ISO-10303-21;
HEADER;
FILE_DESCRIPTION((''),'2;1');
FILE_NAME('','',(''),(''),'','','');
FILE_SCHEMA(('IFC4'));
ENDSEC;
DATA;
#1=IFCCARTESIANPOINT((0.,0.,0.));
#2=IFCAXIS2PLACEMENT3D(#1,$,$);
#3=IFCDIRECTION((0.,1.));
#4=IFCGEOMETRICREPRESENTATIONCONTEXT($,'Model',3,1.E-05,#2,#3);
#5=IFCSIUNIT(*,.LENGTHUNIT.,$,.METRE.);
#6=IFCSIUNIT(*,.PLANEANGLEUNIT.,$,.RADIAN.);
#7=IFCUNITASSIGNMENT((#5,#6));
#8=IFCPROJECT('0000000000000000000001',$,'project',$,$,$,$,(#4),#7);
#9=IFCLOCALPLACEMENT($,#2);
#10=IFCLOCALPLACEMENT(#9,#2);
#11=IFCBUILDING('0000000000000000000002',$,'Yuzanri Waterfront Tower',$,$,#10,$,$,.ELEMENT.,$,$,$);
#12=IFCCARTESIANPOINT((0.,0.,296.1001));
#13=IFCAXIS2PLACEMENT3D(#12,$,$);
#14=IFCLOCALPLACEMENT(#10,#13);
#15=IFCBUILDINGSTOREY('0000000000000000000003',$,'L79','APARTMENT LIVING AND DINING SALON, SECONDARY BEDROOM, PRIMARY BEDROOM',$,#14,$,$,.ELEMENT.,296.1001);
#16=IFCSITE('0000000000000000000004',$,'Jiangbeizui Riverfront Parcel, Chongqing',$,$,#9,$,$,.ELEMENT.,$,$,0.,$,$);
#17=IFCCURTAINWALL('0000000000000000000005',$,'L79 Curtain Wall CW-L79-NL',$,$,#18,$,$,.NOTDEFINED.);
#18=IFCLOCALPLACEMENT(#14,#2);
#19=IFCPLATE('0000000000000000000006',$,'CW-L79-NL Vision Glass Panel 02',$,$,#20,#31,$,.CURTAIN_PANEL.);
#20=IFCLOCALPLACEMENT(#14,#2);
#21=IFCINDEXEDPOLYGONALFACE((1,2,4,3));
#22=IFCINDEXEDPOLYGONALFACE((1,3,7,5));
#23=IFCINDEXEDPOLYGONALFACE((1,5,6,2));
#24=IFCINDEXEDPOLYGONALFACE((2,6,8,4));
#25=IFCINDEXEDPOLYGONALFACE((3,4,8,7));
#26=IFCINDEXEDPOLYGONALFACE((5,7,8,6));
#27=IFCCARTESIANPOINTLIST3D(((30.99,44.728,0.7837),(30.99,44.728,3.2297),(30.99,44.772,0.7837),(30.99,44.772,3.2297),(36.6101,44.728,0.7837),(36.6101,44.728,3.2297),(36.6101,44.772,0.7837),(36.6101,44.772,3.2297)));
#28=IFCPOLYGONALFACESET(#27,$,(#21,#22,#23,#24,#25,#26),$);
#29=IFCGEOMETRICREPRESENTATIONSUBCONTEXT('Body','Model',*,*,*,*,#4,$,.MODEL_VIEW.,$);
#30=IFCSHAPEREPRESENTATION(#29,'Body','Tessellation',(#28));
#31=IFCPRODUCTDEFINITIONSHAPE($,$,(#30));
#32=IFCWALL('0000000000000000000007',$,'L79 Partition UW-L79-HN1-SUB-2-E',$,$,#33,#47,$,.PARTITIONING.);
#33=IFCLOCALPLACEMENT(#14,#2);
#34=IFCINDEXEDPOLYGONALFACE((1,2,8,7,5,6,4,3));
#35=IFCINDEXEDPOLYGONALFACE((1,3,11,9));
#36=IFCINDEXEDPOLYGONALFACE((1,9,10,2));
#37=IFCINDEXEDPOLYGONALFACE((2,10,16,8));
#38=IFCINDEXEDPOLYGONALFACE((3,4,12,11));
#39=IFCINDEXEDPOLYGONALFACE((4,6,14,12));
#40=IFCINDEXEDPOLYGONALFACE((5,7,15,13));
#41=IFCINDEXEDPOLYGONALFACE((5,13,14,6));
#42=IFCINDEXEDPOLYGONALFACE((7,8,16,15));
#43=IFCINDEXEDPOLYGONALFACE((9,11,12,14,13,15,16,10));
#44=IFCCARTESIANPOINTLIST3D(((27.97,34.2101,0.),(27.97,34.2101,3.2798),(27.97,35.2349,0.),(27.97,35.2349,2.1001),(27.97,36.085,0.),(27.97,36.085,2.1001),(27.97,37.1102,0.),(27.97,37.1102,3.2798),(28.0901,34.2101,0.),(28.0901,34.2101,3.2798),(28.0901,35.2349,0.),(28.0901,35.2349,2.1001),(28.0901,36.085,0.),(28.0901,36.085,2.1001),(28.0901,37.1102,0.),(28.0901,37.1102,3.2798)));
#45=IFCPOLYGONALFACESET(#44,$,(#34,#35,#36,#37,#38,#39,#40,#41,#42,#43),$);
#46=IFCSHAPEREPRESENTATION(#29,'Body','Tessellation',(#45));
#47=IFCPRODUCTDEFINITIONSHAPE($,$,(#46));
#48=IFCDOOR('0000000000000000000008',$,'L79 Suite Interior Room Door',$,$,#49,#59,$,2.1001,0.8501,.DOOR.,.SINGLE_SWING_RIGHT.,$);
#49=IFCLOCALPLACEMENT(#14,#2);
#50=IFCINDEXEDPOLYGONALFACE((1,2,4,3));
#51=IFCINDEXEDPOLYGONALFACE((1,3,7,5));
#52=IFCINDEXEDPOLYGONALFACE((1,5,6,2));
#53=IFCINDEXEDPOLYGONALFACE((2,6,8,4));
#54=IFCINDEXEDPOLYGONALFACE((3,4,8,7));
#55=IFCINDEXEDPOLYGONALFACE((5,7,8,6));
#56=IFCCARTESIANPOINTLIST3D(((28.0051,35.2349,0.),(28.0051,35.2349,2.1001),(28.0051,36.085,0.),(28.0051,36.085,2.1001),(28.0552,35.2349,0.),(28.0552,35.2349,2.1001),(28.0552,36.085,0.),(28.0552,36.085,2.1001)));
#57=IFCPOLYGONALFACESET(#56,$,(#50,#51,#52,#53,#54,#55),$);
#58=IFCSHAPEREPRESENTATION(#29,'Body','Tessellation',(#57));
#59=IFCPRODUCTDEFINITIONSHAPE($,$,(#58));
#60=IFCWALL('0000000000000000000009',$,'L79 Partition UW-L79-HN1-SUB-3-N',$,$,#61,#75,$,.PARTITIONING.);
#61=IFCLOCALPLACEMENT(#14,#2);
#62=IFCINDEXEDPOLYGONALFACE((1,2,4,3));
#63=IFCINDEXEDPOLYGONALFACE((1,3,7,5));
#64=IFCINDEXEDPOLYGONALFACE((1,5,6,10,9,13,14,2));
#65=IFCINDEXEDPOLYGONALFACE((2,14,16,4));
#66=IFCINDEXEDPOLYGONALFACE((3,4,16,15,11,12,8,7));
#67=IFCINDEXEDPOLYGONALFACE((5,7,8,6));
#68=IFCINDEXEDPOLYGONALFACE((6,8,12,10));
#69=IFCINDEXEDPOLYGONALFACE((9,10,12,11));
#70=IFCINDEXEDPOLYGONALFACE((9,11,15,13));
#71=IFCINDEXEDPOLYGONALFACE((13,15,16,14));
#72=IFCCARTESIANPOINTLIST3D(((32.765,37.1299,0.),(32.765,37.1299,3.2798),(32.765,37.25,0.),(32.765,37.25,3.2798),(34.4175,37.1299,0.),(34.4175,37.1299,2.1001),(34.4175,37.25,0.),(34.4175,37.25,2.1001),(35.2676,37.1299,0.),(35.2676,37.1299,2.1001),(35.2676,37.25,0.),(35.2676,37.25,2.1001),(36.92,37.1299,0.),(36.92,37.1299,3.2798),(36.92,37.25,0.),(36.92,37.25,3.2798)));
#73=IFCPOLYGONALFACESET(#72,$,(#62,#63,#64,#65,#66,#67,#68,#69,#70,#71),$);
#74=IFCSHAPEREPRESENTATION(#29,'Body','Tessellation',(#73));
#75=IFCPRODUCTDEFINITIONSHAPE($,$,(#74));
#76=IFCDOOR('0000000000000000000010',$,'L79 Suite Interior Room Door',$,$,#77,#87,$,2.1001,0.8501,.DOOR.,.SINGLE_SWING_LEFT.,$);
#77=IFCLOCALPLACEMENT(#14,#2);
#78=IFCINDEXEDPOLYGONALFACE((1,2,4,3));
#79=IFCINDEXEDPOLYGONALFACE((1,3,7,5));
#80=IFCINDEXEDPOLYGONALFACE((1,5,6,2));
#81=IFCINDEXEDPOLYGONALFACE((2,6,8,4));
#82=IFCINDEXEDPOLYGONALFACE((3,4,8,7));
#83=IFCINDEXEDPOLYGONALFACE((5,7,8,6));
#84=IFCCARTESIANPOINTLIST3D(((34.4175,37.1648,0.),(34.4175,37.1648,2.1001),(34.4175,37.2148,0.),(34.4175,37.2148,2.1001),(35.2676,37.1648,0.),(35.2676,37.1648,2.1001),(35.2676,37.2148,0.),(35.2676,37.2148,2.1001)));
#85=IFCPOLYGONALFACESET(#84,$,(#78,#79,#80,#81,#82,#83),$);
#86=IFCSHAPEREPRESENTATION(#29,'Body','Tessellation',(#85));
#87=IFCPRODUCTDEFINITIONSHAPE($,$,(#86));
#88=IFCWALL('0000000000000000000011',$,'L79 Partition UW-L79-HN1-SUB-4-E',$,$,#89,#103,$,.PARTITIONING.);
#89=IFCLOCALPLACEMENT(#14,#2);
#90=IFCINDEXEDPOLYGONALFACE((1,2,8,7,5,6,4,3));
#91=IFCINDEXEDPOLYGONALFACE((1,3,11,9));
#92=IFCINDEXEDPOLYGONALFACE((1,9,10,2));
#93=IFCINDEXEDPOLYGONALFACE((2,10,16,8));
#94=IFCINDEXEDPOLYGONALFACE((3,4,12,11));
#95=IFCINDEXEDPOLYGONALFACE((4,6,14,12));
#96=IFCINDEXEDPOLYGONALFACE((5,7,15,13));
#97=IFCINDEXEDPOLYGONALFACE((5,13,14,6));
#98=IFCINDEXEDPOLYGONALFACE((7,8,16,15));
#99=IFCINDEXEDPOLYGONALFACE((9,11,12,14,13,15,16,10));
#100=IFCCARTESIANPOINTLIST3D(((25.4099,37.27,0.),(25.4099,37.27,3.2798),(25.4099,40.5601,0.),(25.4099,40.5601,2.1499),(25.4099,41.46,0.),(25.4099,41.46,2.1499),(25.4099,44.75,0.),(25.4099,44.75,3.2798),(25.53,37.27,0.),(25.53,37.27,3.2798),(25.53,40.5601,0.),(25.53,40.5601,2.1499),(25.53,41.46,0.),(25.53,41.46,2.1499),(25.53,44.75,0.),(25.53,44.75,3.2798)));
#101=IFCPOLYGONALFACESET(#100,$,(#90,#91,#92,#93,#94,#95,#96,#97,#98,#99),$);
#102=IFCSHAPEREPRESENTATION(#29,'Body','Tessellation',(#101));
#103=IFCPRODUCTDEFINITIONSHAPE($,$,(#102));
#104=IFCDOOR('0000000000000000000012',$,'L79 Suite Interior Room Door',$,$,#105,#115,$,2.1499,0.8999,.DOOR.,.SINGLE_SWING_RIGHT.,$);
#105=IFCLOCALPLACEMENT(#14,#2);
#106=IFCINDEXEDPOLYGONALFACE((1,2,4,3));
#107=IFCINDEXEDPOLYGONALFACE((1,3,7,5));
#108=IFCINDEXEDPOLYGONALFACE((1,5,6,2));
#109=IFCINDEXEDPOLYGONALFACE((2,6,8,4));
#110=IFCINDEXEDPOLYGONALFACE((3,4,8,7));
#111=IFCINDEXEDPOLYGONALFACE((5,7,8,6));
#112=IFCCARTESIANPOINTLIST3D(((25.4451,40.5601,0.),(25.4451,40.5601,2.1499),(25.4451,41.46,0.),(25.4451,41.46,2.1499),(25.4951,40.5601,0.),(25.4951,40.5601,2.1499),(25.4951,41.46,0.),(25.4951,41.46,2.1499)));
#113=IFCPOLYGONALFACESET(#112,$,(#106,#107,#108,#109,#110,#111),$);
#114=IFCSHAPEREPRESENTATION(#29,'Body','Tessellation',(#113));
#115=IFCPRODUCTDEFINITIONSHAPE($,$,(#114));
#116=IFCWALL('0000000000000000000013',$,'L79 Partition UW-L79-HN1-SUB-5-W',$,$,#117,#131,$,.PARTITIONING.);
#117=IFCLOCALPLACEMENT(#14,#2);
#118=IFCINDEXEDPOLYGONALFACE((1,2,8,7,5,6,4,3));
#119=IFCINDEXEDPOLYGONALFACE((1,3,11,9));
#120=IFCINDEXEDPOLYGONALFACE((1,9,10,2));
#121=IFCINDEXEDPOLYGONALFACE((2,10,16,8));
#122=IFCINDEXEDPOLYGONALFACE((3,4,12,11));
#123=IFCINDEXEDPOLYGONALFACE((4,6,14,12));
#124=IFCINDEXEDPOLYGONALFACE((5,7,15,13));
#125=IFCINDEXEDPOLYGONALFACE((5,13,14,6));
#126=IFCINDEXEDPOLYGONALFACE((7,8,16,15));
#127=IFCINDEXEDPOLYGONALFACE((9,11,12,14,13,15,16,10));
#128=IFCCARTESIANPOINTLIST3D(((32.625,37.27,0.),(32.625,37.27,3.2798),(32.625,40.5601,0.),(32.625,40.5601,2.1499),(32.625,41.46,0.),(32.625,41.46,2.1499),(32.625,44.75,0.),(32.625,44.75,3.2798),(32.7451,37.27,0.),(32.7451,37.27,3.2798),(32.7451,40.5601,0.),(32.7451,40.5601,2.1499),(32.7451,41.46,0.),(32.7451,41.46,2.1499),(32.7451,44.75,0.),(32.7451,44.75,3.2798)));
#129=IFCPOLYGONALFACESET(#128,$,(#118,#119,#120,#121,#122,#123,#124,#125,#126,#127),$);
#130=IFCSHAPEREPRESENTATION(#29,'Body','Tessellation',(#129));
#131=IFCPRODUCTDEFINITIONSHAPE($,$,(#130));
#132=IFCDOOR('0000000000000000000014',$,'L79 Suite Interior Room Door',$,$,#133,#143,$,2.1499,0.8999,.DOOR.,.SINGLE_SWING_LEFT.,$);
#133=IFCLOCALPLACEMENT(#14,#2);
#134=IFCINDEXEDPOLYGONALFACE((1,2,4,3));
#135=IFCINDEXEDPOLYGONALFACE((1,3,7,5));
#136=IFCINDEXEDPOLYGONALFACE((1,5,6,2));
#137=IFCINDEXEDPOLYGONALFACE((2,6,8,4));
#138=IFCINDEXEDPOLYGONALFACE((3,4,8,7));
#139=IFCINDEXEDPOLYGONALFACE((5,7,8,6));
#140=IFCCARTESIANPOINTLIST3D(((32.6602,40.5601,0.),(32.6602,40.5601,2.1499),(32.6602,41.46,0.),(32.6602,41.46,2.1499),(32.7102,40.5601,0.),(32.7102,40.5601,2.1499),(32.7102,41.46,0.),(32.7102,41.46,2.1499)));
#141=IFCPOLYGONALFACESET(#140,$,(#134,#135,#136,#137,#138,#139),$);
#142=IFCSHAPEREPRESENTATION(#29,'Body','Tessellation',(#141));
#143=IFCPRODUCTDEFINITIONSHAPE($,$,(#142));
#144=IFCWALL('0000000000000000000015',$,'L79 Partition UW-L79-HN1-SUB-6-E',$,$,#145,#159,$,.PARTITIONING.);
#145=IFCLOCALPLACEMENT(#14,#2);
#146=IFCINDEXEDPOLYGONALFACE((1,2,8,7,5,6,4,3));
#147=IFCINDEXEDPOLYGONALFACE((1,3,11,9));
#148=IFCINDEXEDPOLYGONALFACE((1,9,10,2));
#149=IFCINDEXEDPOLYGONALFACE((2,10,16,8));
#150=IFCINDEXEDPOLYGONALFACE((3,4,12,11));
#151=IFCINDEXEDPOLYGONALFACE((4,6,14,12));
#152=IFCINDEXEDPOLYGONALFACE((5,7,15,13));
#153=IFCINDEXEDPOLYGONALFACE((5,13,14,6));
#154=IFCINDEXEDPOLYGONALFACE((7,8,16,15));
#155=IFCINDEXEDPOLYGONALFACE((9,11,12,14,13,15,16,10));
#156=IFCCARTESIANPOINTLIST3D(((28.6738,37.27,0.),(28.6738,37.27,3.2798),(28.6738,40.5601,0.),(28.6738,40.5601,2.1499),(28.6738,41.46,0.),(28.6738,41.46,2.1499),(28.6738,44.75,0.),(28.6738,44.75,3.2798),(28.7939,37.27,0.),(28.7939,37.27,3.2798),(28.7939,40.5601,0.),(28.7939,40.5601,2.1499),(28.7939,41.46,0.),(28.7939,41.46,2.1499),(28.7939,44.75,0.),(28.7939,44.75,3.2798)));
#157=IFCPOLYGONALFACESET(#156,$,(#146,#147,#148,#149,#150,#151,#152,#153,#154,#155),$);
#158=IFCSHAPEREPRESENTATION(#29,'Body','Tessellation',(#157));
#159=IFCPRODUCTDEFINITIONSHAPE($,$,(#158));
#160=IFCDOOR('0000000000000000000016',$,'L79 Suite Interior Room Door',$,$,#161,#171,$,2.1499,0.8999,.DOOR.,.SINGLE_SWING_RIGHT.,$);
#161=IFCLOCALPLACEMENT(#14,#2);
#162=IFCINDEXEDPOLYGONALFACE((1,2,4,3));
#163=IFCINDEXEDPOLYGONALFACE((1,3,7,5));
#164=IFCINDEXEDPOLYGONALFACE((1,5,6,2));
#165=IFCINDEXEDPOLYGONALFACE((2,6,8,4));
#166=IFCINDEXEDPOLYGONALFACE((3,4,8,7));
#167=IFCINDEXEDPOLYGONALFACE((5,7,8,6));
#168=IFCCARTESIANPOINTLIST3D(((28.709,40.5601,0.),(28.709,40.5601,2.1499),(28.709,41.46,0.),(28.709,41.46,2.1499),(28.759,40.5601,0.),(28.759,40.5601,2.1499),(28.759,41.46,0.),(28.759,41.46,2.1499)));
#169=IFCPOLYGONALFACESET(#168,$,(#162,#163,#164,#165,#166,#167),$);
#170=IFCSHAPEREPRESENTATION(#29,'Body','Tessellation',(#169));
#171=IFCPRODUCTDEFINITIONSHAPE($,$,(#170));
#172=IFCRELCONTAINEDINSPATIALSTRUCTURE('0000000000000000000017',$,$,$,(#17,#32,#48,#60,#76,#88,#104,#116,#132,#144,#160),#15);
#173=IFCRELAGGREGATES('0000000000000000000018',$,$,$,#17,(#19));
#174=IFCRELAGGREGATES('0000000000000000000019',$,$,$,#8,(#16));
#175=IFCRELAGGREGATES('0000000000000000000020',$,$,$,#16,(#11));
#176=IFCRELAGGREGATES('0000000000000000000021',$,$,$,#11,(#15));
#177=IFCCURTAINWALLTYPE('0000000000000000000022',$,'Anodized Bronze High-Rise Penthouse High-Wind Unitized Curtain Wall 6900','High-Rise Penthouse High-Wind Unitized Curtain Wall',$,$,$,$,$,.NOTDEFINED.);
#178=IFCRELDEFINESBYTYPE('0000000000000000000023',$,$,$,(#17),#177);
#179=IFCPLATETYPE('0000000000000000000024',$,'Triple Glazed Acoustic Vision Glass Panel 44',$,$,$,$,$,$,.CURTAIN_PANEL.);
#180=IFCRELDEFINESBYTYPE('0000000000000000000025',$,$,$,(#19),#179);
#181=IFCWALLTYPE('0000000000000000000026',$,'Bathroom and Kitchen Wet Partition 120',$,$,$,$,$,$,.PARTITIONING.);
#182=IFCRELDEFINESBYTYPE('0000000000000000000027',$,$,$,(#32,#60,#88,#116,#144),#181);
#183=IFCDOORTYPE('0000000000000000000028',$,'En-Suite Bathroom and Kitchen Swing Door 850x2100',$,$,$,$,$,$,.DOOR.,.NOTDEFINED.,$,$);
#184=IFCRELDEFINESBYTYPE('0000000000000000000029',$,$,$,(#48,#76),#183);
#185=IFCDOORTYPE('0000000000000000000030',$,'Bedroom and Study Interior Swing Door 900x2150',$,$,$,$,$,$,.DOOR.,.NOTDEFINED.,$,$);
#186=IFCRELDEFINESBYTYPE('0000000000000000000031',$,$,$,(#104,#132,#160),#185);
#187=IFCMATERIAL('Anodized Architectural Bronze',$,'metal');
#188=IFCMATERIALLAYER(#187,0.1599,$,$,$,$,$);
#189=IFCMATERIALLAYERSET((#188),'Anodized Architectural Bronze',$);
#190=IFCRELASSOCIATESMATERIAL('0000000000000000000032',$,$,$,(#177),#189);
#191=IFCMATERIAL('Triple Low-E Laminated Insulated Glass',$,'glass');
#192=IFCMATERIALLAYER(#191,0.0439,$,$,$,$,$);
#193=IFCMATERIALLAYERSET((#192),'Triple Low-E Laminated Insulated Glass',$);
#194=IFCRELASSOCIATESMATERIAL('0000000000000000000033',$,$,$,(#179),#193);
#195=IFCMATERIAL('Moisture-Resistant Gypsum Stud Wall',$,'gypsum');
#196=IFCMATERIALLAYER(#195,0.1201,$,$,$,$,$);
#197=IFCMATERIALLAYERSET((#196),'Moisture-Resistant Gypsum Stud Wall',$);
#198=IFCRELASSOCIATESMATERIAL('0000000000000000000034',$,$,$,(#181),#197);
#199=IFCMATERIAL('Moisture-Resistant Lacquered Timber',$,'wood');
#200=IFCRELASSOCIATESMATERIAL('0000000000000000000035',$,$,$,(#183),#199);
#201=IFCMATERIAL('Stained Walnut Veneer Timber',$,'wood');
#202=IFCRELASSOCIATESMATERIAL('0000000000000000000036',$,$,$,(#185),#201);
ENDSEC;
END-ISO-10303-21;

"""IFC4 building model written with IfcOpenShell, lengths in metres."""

from ifc_helpers import new_model, si_unit, direction, frame, frame_2d, origin, origin_2d, place, context, subcontext, project, spatial, rectangle, extrude, source, transform, mapped, material, layer, layer_set, type_object, element, fill, aggregate, save


model = new_model("IFC4")

# Units and contexts
model_context = context("Model", 3, precision=1e-05, world=origin(), true_north=direction((0.0, 1.0)))
body_context = subcontext(model_context, "Body", "Model", "MODEL_VIEW")
ifc_project = project(units=[si_unit("LENGTHUNIT", "METRE"), si_unit("PLANEANGLEUNIT", "RADIAN")], contexts=[model_context])

# Site, building, storey
site_placement = place(None, origin())
site = spatial("IfcSite", under=ifc_project, at=site_placement, Name="Jiangbeizui Riverfront Parcel, Chongqing", CompositionType="ELEMENT", RefElevation=0.0)
building_placement = place(site_placement, origin())
building = spatial("IfcBuilding", under=site, at=building_placement, Name="Yuzanri Waterfront Tower", CompositionType="ELEMENT")
storey_placement = place(building_placement, frame((0.0, 0.0, 296.1001)))
storey = spatial("IfcBuildingStorey", under=building, at=storey_placement, Name="L79", Description="APARTMENT LIVING AND DINING SALON, SECONDARY BEDROOM, PRIMARY BEDROOM", CompositionType="ELEMENT", Elevation=296.1001)

# Curtain wall, plate
ifc_material_1 = material(Name="Anodized Architectural Bronze", Category="metal")
ifc_layer_1 = layer(ifc_material_1, 0.1599)
ifc_layer_set_1 = layer_set([ifc_layer_1], Name="Anodized Architectural Bronze")
curtain_wall_type = type_object("IfcCurtainWallType", Name="Anodized Bronze High-Rise Penthouse High-Wind Unitized Curtain Wall 6900", Description="High-Rise Penthouse High-Wind Unitized Curtain Wall", PredefinedType="NOTDEFINED", material=ifc_layer_set_1)
curtain_wall_placement = place(storey_placement, origin())
curtain_wall = element("IfcCurtainWall", 1, at=curtain_wall_placement, inside=storey, type_object=curtain_wall_type, Name="L79 Curtain Wall CW-L79-NL", PredefinedType="NOTDEFINED")
ifc_material_2 = material(Name="Triple Low-E Laminated Insulated Glass", Category="glass")
ifc_layer_2 = layer(ifc_material_2, 0.0439)
ifc_layer_set_2 = layer_set([ifc_layer_2], Name="Triple Low-E Laminated Insulated Glass")
plate_type_1 = type_object("IfcPlateType", Name="Triple Glazed Acoustic Vision Glass Panel 44", PredefinedType="CURTAIN_PANEL", material=ifc_layer_set_2)
shared_shape_1 = source(origin(), body_context, "Body", "SweptSolid", [
    extrude(rectangle(XDim=5.6201, YDim=0.0439, at=origin_2d()), origin(), (0.0, 0.0, 1.0), 2.446),
])
plate_1_placement = place(storey_placement, frame((33.8, 44.75, 0.7837), z_axis=(0.0, 0.0, 1.0), x_axis=(1.0, 0.0, 0.0)))
plate_1 = element("IfcPlate", 2, at=plate_1_placement, type_object=plate_type_1, Name="CW-L79-NL Vision Glass Panel 02", PredefinedType="CURTAIN_PANEL", context=body_context, shape_type="MappedRepresentation", body=[
    mapped(shared_shape_1, transform((0.0, 0.0, 0.0), scale=1.0)),
])
aggregate(curtain_wall, [plate_1])

# Walls, openings, doors
ifc_material_3 = material(Name="Moisture-Resistant Gypsum Stud Wall", Category="gypsum")
ifc_layer_3 = layer(ifc_material_3, 0.1201)
ifc_layer_set_3 = layer_set([ifc_layer_3], Name="Moisture-Resistant Gypsum Stud Wall")
wall_type = type_object("IfcWallType", Name="Bathroom and Kitchen Wet Partition 120", PredefinedType="PARTITIONING", material=ifc_layer_set_3)
wall_1_placement = place(storey_placement, frame((28.03, 34.21, 0.0), z_axis=(0.0, 0.0, 1.0), x_axis=(0.0, 1.0, 0.0)))
wall_1 = element("IfcWall", 3, at=wall_1_placement, inside=storey, type_object=wall_type, Name="L79 Partition UW-L79-HN1-SUB-2-E", PredefinedType="PARTITIONING", context=body_context, shape_type="SweptSolid", body=[
    extrude(rectangle(XDim=2.9001, YDim=0.1201, at=frame_2d((1.4502, 0.0))), origin(), (0.0, 0.0, 1.0), 3.2798),
])
opening_1_placement = place(wall_1_placement, frame((1.0249, 0.0, 0.0)))
opening_1 = element("IfcOpeningElement", 4, at=opening_1_placement, cuts=wall_1, PredefinedType="OPENING", context=body_context, shape_type="SweptSolid", body=[
    extrude(rectangle(XDim=0.8501, YDim=2.1001, at=frame_2d((0.425, 1.05))), frame((0.0, 0.075, 0.0), z_axis=(0.0, -1.0, 0.0), x_axis=(1.0, 0.0, 0.0)), (0.0, 0.0, 1.0), 0.1499),
])
ifc_material_4 = material(Name="Moisture-Resistant Lacquered Timber", Category="wood")
door_type_1 = type_object("IfcDoorType", Name="En-Suite Bathroom and Kitchen Swing Door 850x2100", OperationType="NOTDEFINED", PredefinedType="DOOR", material=ifc_material_4)
shared_shape_2 = source(origin(), body_context, "Body", "SweptSolid", [
    extrude(rectangle(XDim=0.8501, YDim=2.1001, at=frame_2d((0.425, 1.05))), frame((0.0, 0.0249, 0.0), z_axis=(0.0, -1.0, 0.0), x_axis=(1.0, 0.0, 0.0)), (0.0, 0.0, 1.0), 0.05),
])
door_1_placement = place(opening_1_placement, origin())
door_1 = element("IfcDoor", 5, at=door_1_placement, inside=storey, type_object=door_type_1, Name="L79 Suite Interior Room Door", OperationType="SINGLE_SWING_RIGHT", OverallHeight=2.1001, OverallWidth=0.8501, PredefinedType="DOOR", context=body_context, shape_type="MappedRepresentation", body=[
    mapped(shared_shape_2, transform((0.0, 0.0, 0.0), scale=1.0)),
])
fill(opening_1, door_1)
wall_2_placement = place(storey_placement, frame((32.7649, 37.1899, 0.0), z_axis=(0.0, 0.0, 1.0), x_axis=(1.0, 0.0, 0.0)))
wall_2 = element("IfcWall", 6, at=wall_2_placement, inside=storey, type_object=wall_type, Name="L79 Partition UW-L79-HN1-SUB-3-N", PredefinedType="PARTITIONING", context=body_context, shape_type="SweptSolid", body=[
    extrude(rectangle(XDim=4.155, YDim=0.1201, at=frame_2d((2.0776, 0.0))), origin(), (0.0, 0.0, 1.0), 3.2798),
])
opening_2_placement = place(wall_2_placement, frame((1.6526, 0.0, 0.0)))
opening_2 = element("IfcOpeningElement", 7, at=opening_2_placement, cuts=wall_2, PredefinedType="OPENING", context=body_context, shape_type="SweptSolid", body=[
    extrude(rectangle(XDim=0.8501, YDim=2.1001, at=frame_2d((0.425, 1.05))), frame((0.0, 0.075, 0.0), z_axis=(0.0, -1.0, 0.0), x_axis=(1.0, 0.0, 0.0)), (0.0, 0.0, 1.0), 0.1499),
])
door_2_placement = place(opening_2_placement, origin())
door_2 = element("IfcDoor", 8, at=door_2_placement, inside=storey, type_object=door_type_1, Name="L79 Suite Interior Room Door", OperationType="SINGLE_SWING_LEFT", OverallHeight=2.1001, OverallWidth=0.8501, PredefinedType="DOOR", context=body_context, shape_type="MappedRepresentation", body=[
    mapped(shared_shape_2, transform((0.0, 0.0, 0.0), scale=1.0)),
])
fill(opening_2, door_2)
wall_3_placement = place(storey_placement, frame((25.47, 37.27, 0.0), z_axis=(0.0, 0.0, 1.0), x_axis=(0.0, 1.0, 0.0)))
wall_3 = element("IfcWall", 9, at=wall_3_placement, inside=storey, type_object=wall_type, Name="L79 Partition UW-L79-HN1-SUB-4-E", PredefinedType="PARTITIONING", context=body_context, shape_type="SweptSolid", body=[
    extrude(rectangle(XDim=7.48, YDim=0.1201, at=frame_2d((3.74, 0.0))), origin(), (0.0, 0.0, 1.0), 3.2798),
])
opening_3_placement = place(wall_3_placement, frame((3.29, 0.0, 0.0)))
opening_3 = element("IfcOpeningElement", 10, at=opening_3_placement, cuts=wall_3, PredefinedType="OPENING", context=body_context, shape_type="SweptSolid", body=[
    extrude(rectangle(XDim=0.8999, YDim=2.1499, at=frame_2d((0.45, 1.075))), frame((0.0, 0.075, 0.0), z_axis=(0.0, -1.0, 0.0), x_axis=(1.0, 0.0, 0.0)), (0.0, 0.0, 1.0), 0.1499),
])
ifc_material_5 = material(Name="Stained Walnut Veneer Timber", Category="wood")
door_type_2 = type_object("IfcDoorType", Name="Bedroom and Study Interior Swing Door 900x2150", OperationType="NOTDEFINED", PredefinedType="DOOR", material=ifc_material_5)
shared_shape_3 = source(origin(), body_context, "Body", "SweptSolid", [
    extrude(rectangle(XDim=0.8999, YDim=2.1499, at=frame_2d((0.45, 1.075))), frame((0.0, 0.0249, 0.0), z_axis=(0.0, -1.0, 0.0), x_axis=(1.0, 0.0, 0.0)), (0.0, 0.0, 1.0), 0.05),
])
door_3_placement = place(opening_3_placement, origin())
door_3 = element("IfcDoor", 11, at=door_3_placement, inside=storey, type_object=door_type_2, Name="L79 Suite Interior Room Door", OperationType="SINGLE_SWING_RIGHT", OverallHeight=2.1499, OverallWidth=0.8999, PredefinedType="DOOR", context=body_context, shape_type="MappedRepresentation", body=[
    mapped(shared_shape_3, transform((0.0, 0.0, 0.0), scale=1.0)),
])
fill(opening_3, door_3)
wall_4_placement = place(storey_placement, frame((32.6851, 37.27, 0.0), z_axis=(0.0, 0.0, 1.0), x_axis=(0.0, 1.0, 0.0)))
wall_4 = element("IfcWall", 12, at=wall_4_placement, inside=storey, type_object=wall_type, Name="L79 Partition UW-L79-HN1-SUB-5-W", PredefinedType="PARTITIONING", context=body_context, shape_type="SweptSolid", body=[
    extrude(rectangle(XDim=7.48, YDim=0.1201, at=frame_2d((3.74, 0.0))), origin(), (0.0, 0.0, 1.0), 3.2798),
])
opening_4_placement = place(wall_4_placement, frame((3.29, 0.0, 0.0)))
opening_4 = element("IfcOpeningElement", 13, at=opening_4_placement, cuts=wall_4, PredefinedType="OPENING", context=body_context, shape_type="SweptSolid", body=[
    extrude(rectangle(XDim=0.8999, YDim=2.1499, at=frame_2d((0.45, 1.075))), frame((0.0, 0.075, 0.0), z_axis=(0.0, -1.0, 0.0), x_axis=(1.0, 0.0, 0.0)), (0.0, 0.0, 1.0), 0.1499),
])
door_4_placement = place(opening_4_placement, origin())
door_4 = element("IfcDoor", 14, at=door_4_placement, inside=storey, type_object=door_type_2, Name="L79 Suite Interior Room Door", OperationType="SINGLE_SWING_LEFT", OverallHeight=2.1499, OverallWidth=0.8999, PredefinedType="DOOR", context=body_context, shape_type="MappedRepresentation", body=[
    mapped(shared_shape_3, transform((0.0, 0.0, 0.0), scale=1.0)),
])
fill(opening_4, door_4)
wall_5_placement = place(storey_placement, frame((28.7339, 37.27, 0.0), z_axis=(0.0, 0.0, 1.0), x_axis=(0.0, 1.0, 0.0)))
wall_5 = element("IfcWall", 15, at=wall_5_placement, inside=storey, type_object=wall_type, Name="L79 Partition UW-L79-HN1-SUB-6-E", PredefinedType="PARTITIONING", context=body_context, shape_type="SweptSolid", body=[
    extrude(rectangle(XDim=7.48, YDim=0.1201, at=frame_2d((3.74, 0.0))), origin(), (0.0, 0.0, 1.0), 3.2798),
])
opening_5_placement = place(wall_5_placement, frame((3.29, 0.0, 0.0)))
opening_5 = element("IfcOpeningElement", 16, at=opening_5_placement, cuts=wall_5, PredefinedType="OPENING", context=body_context, shape_type="SweptSolid", body=[
    extrude(rectangle(XDim=0.8999, YDim=2.1499, at=frame_2d((0.45, 1.075))), frame((0.0, 0.075, 0.0), z_axis=(0.0, -1.0, 0.0), x_axis=(1.0, 0.0, 0.0)), (0.0, 0.0, 1.0), 0.1499),
])
door_5_placement = place(opening_5_placement, origin())
door_5 = element("IfcDoor", 17, at=door_5_placement, inside=storey, type_object=door_type_2, Name="L79 Suite Interior Room Door", OperationType="SINGLE_SWING_RIGHT", OverallHeight=2.1499, OverallWidth=0.8999, PredefinedType="DOOR", context=body_context, shape_type="MappedRepresentation", body=[
    mapped(shared_shape_3, transform((0.0, 0.0, 0.0), scale=1.0)),
])
fill(opening_5, door_5)

save(model, "model.ifc")
